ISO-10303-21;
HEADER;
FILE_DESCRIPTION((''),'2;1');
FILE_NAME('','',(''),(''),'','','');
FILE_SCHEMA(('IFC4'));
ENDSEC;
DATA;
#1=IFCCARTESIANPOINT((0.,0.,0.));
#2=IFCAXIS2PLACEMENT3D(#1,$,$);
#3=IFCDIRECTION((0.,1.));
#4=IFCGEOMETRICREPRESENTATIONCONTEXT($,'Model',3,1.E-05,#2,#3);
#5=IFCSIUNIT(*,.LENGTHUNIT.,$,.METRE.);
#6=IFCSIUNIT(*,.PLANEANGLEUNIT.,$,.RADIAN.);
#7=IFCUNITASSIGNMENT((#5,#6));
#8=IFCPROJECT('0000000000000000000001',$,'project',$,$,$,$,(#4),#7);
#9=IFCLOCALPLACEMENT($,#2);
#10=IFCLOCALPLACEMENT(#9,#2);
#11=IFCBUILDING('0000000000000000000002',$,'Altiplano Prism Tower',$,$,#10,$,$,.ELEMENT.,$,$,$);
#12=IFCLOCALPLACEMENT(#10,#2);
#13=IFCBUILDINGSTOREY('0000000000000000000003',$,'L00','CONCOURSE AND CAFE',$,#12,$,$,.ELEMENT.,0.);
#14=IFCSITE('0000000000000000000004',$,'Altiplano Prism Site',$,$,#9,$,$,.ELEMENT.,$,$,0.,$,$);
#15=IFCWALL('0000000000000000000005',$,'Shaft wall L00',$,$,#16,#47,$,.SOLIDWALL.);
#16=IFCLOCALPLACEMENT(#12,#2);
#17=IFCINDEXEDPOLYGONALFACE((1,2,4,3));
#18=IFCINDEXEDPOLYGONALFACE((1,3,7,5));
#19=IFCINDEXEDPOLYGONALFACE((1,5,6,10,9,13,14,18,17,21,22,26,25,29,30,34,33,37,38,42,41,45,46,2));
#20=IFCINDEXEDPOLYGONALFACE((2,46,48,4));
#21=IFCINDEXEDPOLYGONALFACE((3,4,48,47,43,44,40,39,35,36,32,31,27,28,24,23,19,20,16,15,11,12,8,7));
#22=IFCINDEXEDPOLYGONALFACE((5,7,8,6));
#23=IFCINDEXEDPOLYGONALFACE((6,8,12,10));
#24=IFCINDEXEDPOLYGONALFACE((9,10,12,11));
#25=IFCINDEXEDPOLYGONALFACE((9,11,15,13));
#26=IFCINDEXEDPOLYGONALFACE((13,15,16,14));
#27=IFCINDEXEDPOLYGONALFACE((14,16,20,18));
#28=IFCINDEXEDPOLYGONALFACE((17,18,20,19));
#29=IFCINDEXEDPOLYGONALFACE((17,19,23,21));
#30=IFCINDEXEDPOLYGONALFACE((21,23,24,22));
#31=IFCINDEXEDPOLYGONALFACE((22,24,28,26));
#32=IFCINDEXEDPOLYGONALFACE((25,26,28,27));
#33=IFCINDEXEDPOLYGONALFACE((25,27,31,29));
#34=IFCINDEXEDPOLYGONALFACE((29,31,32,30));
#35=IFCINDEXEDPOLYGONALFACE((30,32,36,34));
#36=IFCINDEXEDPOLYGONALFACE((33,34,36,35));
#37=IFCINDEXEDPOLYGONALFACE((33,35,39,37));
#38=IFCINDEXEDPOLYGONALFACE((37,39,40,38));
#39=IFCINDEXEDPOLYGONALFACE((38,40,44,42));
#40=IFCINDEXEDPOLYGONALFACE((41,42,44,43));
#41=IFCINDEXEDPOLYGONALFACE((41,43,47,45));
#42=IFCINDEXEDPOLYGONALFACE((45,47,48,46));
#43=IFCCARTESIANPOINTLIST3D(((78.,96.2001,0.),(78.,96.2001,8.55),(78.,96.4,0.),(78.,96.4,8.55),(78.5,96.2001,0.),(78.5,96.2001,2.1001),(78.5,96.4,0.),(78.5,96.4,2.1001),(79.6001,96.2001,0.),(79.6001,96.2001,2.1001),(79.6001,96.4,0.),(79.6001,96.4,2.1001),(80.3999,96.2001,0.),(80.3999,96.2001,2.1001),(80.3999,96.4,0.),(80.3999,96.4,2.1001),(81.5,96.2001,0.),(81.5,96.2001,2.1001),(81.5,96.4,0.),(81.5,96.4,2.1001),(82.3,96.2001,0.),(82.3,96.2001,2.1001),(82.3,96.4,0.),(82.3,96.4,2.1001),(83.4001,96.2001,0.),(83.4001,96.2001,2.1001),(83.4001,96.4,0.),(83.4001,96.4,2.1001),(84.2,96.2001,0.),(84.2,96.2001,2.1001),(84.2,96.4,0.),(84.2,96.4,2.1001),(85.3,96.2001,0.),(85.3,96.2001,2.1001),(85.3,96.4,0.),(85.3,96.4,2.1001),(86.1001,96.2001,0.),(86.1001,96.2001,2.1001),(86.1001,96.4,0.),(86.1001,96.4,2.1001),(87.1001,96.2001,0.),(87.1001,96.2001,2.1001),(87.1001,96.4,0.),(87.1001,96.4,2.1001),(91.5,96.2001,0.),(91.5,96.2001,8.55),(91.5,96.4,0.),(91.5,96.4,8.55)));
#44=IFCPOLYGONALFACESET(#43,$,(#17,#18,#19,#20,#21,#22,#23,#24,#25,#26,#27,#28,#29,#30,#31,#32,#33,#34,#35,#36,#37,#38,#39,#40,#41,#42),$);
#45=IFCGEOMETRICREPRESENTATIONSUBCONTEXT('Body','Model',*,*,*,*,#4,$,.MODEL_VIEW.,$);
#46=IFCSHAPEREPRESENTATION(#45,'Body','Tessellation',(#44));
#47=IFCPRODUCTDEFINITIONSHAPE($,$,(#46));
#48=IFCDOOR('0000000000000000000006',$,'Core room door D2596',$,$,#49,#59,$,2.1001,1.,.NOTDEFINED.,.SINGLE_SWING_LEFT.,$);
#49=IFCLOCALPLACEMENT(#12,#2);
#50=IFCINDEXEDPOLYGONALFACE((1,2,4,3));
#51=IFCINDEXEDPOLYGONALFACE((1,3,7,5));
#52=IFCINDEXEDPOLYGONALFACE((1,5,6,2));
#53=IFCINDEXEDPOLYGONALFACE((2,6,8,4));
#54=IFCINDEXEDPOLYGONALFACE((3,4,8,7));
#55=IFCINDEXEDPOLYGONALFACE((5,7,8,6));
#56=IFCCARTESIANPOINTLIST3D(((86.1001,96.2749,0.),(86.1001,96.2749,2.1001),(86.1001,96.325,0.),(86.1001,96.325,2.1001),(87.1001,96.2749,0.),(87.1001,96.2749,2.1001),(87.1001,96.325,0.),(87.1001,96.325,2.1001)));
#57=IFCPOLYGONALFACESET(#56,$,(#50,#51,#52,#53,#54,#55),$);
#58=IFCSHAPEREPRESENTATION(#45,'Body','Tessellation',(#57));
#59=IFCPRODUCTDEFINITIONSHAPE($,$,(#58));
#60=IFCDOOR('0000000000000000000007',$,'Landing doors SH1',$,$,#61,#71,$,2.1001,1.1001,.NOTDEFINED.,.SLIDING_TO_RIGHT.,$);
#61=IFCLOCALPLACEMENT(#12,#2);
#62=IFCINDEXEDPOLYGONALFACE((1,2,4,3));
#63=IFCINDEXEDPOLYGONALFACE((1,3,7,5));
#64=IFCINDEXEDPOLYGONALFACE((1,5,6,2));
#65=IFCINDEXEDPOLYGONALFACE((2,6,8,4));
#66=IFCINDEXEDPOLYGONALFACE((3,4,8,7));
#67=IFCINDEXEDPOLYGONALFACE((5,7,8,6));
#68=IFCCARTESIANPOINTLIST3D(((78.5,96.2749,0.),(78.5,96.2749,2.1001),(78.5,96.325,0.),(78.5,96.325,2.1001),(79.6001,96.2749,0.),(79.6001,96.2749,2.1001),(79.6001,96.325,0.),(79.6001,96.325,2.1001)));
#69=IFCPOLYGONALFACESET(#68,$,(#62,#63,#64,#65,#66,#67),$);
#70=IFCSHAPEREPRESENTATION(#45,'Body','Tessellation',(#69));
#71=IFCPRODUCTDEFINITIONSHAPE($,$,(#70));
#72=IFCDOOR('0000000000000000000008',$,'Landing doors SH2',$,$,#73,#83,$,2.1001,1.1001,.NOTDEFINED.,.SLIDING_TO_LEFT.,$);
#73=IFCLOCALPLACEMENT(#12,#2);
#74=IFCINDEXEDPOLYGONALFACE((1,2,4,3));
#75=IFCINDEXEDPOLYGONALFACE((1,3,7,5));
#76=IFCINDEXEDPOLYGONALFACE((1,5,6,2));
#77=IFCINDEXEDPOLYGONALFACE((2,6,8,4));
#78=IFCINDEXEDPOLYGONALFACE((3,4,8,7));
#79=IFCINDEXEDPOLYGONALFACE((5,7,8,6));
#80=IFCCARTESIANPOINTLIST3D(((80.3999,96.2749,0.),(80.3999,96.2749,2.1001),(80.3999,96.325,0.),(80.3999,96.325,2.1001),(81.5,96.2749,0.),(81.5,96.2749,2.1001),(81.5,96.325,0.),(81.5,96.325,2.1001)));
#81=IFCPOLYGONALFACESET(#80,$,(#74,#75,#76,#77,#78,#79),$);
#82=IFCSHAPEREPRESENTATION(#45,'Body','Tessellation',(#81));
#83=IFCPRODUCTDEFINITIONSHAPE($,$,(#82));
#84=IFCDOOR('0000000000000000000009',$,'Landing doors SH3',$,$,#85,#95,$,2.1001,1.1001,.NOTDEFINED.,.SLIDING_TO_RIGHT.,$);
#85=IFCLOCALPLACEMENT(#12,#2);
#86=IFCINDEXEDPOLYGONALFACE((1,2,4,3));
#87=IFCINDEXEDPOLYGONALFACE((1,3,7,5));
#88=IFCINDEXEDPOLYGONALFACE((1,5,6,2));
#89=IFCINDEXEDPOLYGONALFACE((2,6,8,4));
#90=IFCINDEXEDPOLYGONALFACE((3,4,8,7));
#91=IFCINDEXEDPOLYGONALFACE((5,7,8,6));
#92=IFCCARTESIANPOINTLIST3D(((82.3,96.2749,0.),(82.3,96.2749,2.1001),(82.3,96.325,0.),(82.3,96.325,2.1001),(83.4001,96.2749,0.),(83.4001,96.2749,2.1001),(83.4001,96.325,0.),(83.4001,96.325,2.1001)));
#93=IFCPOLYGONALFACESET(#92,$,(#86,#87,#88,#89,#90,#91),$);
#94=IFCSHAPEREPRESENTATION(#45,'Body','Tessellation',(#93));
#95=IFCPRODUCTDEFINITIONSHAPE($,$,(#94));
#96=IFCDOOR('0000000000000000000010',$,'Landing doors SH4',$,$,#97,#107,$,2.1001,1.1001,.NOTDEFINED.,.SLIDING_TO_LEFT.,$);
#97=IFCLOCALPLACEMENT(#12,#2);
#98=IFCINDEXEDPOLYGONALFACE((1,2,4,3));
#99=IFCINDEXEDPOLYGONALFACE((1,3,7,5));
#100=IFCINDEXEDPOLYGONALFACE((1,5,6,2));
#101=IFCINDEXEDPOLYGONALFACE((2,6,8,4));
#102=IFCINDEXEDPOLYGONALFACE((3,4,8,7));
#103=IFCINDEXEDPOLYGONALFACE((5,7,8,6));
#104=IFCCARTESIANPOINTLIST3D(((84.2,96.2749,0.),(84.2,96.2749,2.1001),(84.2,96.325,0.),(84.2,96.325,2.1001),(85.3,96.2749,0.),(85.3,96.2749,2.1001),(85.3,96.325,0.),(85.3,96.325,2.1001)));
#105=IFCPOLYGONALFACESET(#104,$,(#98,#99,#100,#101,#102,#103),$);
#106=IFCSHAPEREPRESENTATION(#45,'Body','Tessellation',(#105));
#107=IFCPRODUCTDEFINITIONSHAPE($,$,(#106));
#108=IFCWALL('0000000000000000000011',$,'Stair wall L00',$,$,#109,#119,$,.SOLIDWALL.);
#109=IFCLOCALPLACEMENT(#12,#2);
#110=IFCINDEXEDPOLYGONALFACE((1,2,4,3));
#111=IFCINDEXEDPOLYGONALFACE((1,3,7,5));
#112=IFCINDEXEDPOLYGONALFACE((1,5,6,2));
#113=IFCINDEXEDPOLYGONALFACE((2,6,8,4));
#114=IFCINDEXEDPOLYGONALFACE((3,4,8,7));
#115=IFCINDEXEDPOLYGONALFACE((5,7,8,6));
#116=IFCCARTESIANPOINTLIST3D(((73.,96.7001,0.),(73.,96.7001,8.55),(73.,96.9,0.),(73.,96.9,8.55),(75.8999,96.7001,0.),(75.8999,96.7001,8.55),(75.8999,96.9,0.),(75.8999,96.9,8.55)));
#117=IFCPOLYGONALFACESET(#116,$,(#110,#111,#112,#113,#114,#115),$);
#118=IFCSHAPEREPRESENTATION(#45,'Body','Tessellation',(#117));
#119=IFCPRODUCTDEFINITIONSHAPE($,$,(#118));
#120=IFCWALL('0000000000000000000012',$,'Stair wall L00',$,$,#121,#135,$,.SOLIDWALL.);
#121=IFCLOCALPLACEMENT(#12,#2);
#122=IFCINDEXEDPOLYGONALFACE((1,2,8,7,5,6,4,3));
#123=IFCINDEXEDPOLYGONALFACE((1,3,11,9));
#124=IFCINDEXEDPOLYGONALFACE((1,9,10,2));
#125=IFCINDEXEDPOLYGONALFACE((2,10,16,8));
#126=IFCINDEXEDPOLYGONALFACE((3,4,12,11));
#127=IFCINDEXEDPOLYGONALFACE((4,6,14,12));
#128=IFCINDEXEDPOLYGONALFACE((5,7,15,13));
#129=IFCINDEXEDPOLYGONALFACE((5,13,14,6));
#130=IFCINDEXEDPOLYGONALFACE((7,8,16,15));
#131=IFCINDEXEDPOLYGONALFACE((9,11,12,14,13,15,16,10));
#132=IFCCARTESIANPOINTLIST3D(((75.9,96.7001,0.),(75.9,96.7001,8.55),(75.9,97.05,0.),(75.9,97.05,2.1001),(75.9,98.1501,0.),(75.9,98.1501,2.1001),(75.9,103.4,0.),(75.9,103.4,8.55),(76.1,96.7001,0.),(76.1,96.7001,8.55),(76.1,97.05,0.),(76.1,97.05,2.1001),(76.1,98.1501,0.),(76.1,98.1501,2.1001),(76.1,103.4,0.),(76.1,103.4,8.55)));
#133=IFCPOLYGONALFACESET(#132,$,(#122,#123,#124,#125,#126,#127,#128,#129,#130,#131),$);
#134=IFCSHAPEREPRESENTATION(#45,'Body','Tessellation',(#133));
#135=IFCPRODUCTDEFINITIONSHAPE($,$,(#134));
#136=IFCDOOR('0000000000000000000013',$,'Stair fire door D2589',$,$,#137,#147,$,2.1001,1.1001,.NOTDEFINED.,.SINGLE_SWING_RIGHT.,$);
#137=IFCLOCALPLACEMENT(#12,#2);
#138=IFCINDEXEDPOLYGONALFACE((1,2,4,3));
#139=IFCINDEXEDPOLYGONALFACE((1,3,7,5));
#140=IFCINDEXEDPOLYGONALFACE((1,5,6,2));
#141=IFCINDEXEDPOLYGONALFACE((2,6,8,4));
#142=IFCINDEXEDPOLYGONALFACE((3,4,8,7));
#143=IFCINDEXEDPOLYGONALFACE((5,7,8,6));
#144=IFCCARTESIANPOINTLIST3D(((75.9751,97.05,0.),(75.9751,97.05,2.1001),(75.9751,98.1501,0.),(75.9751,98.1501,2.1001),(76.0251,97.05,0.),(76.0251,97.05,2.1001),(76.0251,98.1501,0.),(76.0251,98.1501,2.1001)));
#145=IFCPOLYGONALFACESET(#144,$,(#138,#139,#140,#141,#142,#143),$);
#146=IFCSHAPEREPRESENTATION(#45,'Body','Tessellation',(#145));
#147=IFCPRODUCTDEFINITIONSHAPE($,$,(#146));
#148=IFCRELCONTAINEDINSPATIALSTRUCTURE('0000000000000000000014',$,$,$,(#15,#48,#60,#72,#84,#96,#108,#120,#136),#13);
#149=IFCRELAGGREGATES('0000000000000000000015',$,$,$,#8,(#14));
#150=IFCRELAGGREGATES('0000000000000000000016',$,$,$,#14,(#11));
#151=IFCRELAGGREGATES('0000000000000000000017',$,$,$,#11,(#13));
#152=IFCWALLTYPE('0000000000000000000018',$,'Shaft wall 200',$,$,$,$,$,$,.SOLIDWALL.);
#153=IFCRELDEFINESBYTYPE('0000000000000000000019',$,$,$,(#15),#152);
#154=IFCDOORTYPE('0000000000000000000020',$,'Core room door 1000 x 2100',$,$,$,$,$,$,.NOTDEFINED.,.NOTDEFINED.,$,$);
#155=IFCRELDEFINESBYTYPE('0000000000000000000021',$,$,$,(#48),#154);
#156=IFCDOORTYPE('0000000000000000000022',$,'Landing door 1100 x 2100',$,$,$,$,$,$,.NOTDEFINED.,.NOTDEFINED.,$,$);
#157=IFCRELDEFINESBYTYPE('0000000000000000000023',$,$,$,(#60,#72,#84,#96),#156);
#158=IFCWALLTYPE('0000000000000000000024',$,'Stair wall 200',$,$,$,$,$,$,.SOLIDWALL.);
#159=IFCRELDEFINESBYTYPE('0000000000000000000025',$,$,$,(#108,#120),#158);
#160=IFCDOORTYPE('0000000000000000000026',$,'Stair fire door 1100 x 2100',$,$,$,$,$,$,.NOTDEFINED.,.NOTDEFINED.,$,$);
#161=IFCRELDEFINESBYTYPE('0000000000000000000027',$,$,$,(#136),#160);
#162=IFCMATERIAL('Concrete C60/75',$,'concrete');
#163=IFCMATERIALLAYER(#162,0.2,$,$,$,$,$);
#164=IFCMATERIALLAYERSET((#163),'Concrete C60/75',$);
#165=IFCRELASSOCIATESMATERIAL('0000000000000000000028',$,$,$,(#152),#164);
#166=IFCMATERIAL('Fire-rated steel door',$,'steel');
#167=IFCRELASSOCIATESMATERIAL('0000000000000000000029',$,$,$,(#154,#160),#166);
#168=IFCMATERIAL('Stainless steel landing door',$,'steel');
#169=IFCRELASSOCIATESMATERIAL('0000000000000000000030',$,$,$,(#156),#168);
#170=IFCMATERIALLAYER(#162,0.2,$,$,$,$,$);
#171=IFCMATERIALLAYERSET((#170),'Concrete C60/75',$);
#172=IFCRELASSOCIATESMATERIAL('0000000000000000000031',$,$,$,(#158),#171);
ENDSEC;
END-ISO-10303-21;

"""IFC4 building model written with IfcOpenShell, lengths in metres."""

from ifc_helpers import new_model, si_unit, direction, frame, frame_2d, origin, place, context, subcontext, project, spatial, rectangle, extrude, material, layer, layer_set, type_object, element, fill, save


model = new_model("IFC4")

# Units and contexts
model_context = context("Model", 3, precision=1e-05, world=origin(), true_north=direction((0.0, 1.0)))
body_context = subcontext(model_context, "Body", "Model", "MODEL_VIEW")
ifc_project = project(units=[si_unit("LENGTHUNIT", "METRE"), si_unit("PLANEANGLEUNIT", "RADIAN")], contexts=[model_context])

# Site, building, storey
site_placement = place(None, origin())
site = spatial("IfcSite", under=ifc_project, at=site_placement, Name="Altiplano Prism Site", CompositionType="ELEMENT", RefElevation=0.0)
building_placement = place(site_placement, origin())
building = spatial("IfcBuilding", under=site, at=building_placement, Name="Altiplano Prism Tower", CompositionType="ELEMENT")
storey_placement = place(building_placement, origin())
storey = spatial("IfcBuildingStorey", under=building, at=storey_placement, Name="L00", Description="CONCOURSE AND CAFE", CompositionType="ELEMENT", Elevation=0.0)

# Shared definitions
ifc_material_1 = material(Name="Concrete C60/75", Category="concrete")
ifc_layer_1 = layer(ifc_material_1, 0.2)
ifc_layer_set_1 = layer_set([ifc_layer_1], Name="Concrete C60/75")
wall_type_1 = type_object("IfcWallType", Name="Shaft wall 200", PredefinedType="SOLIDWALL", material=ifc_layer_set_1)

# Wall, openings, doors
wall_1_placement = place(storey_placement, frame((78.0, 96.3, 0.0), z_axis=(0.0, 0.0, 1.0), x_axis=(1.0, 0.0, 0.0)))
wall_1 = element("IfcWall", 1, at=wall_1_placement, inside=storey, type_object=wall_type_1, Name="Shaft wall L00", PredefinedType="SOLIDWALL", context=body_context, shape_type="SweptSolid", body=[
    extrude(rectangle(XDim=13.5, YDim=0.2, at=frame_2d((6.75, 0.0))), origin(), (0.0, 0.0, 1.0), 8.55),
])
opening_1_placement = place(wall_1_placement, frame((0.5, 0.0, 0.0)))
opening_1 = element("IfcOpeningElement", 2, at=opening_1_placement, cuts=wall_1, PredefinedType="OPENING", context=body_context, shape_type="SweptSolid", body=[
    extrude(rectangle(XDim=1.1001, YDim=2.1001, at=frame_2d((0.55, 1.05))), frame((0.0, 0.1104, 0.0), z_axis=(0.0, -1.0, 0.0), x_axis=(1.0, 0.0, 0.0)), (0.0, 0.0, 1.0), 0.2209),
])
opening_2_placement = place(wall_1_placement, frame((2.3999, 0.0, 0.0)))
opening_2 = element("IfcOpeningElement", 3, at=opening_2_placement, cuts=wall_1, PredefinedType="OPENING", context=body_context, shape_type="SweptSolid", body=[
    extrude(rectangle(XDim=1.1001, YDim=2.1001, at=frame_2d((0.55, 1.05))), frame((0.0, 0.1104, 0.0), z_axis=(0.0, -1.0, 0.0), x_axis=(1.0, 0.0, 0.0)), (0.0, 0.0, 1.0), 0.2209),
])
opening_3_placement = place(wall_1_placement, frame((4.3, 0.0, 0.0)))
opening_3 = element("IfcOpeningElement", 4, at=opening_3_placement, cuts=wall_1, PredefinedType="OPENING", context=body_context, shape_type="SweptSolid", body=[
    extrude(rectangle(XDim=1.1001, YDim=2.1001, at=frame_2d((0.55, 1.05))), frame((0.0, 0.1104, 0.0), z_axis=(0.0, -1.0, 0.0), x_axis=(1.0, 0.0, 0.0)), (0.0, 0.0, 1.0), 0.2209),
])
opening_4_placement = place(wall_1_placement, frame((6.2, 0.0, 0.0)))
opening_4 = element("IfcOpeningElement", 5, at=opening_4_placement, cuts=wall_1, PredefinedType="OPENING", context=body_context, shape_type="SweptSolid", body=[
    extrude(rectangle(XDim=1.1001, YDim=2.1001, at=frame_2d((0.55, 1.05))), frame((0.0, 0.1104, 0.0), z_axis=(0.0, -1.0, 0.0), x_axis=(1.0, 0.0, 0.0)), (0.0, 0.0, 1.0), 0.2209),
])
opening_5_placement = place(wall_1_placement, frame((8.1001, 0.0, 0.0)))
opening_5 = element("IfcOpeningElement", 6, at=opening_5_placement, cuts=wall_1, PredefinedType="OPENING", context=body_context, shape_type="SweptSolid", body=[
    extrude(rectangle(XDim=1.0, YDim=2.1001, at=frame_2d((0.5, 1.05))), frame((0.0, 0.1104, 0.0), z_axis=(0.0, -1.0, 0.0), x_axis=(1.0, 0.0, 0.0)), (0.0, 0.0, 1.0), 0.2209),
])
ifc_material_2 = material(Name="Fire-rated steel door", Category="steel")
door_type_1 = type_object("IfcDoorType", Name="Core room door 1000 x 2100", OperationType="NOTDEFINED", PredefinedType="NOTDEFINED", material=ifc_material_2)
door_1_placement = place(opening_5_placement, origin())
door_1 = element("IfcDoor", 7, at=door_1_placement, inside=storey, type_object=door_type_1, Name="Core room door D2596", OperationType="SINGLE_SWING_LEFT", OverallHeight=2.1001, OverallWidth=1.0, PredefinedType="NOTDEFINED", context=body_context, shape_type="SweptSolid", body=[
    extrude(rectangle(XDim=1.0, YDim=2.1001, at=frame_2d((0.5, 1.05))), frame((0.0, 0.0249, 0.0), z_axis=(0.0, -1.0, 0.0), x_axis=(1.0, 0.0, 0.0)), (0.0, 0.0, 1.0), 0.05),
])
fill(opening_5, door_1)
ifc_material_3 = material(Name="Stainless steel landing door", Category="steel")
door_type_2 = type_object("IfcDoorType", Name="Landing door 1100 x 2100", OperationType="NOTDEFINED", PredefinedType="NOTDEFINED", material=ifc_material_3)
door_2_placement = place(opening_1_placement, origin())
door_2 = element("IfcDoor", 8, at=door_2_placement, inside=storey, type_object=door_type_2, Name="Landing doors SH1", OperationType="SLIDING_TO_RIGHT", OverallHeight=2.1001, OverallWidth=1.1001, PredefinedType="NOTDEFINED", context=body_context, shape_type="SweptSolid", body=[
    extrude(rectangle(XDim=1.1001, YDim=2.1001, at=frame_2d((0.55, 1.05))), frame((0.0, 0.0249, 0.0), z_axis=(0.0, -1.0, 0.0), x_axis=(1.0, 0.0, 0.0)), (0.0, 0.0, 1.0), 0.05),
])
fill(opening_1, door_2)
door_3_placement = place(opening_2_placement, origin())
door_3 = element("IfcDoor", 9, at=door_3_placement, inside=storey, type_object=door_type_2, Name="Landing doors SH2", OperationType="SLIDING_TO_LEFT", OverallHeight=2.1001, OverallWidth=1.1001, PredefinedType="NOTDEFINED", context=body_context, shape_type="SweptSolid", body=[
    extrude(rectangle(XDim=1.1001, YDim=2.1001, at=frame_2d((0.55, 1.05))), frame((0.0, 0.0249, 0.0), z_axis=(0.0, -1.0, 0.0), x_axis=(1.0, 0.0, 0.0)), (0.0, 0.0, 1.0), 0.05),
])
fill(opening_2, door_3)
door_4_placement = place(opening_3_placement, origin())
door_4 = element("IfcDoor", 10, at=door_4_placement, inside=storey, type_object=door_type_2, Name="Landing doors SH3", OperationType="SLIDING_TO_RIGHT", OverallHeight=2.1001, OverallWidth=1.1001, PredefinedType="NOTDEFINED", context=body_context, shape_type="SweptSolid", body=[
    extrude(rectangle(XDim=1.1001, YDim=2.1001, at=frame_2d((0.55, 1.05))), frame((0.0, 0.0249, 0.0), z_axis=(0.0, -1.0, 0.0), x_axis=(1.0, 0.0, 0.0)), (0.0, 0.0, 1.0), 0.05),
])
fill(opening_3, door_4)
door_5_placement = place(opening_4_placement, origin())
door_5 = element("IfcDoor", 11, at=door_5_placement, inside=storey, type_object=door_type_2, Name="Landing doors SH4", OperationType="SLIDING_TO_LEFT", OverallHeight=2.1001, OverallWidth=1.1001, PredefinedType="NOTDEFINED", context=body_context, shape_type="SweptSolid", body=[
    extrude(rectangle(XDim=1.1001, YDim=2.1001, at=frame_2d((0.55, 1.05))), frame((0.0, 0.0249, 0.0), z_axis=(0.0, -1.0, 0.0), x_axis=(1.0, 0.0, 0.0)), (0.0, 0.0, 1.0), 0.05),
])
fill(opening_4, door_5)

# Wall
ifc_layer_2 = layer(ifc_material_1, 0.2)
ifc_layer_set_2 = layer_set([ifc_layer_2], Name="Concrete C60/75")
wall_type_2 = type_object("IfcWallType", Name="Stair wall 200", PredefinedType="SOLIDWALL", material=ifc_layer_set_2)
wall_2_placement = place(storey_placement, frame((73.0, 96.8, 0.0), z_axis=(0.0, 0.0, 1.0), x_axis=(1.0, 0.0, 0.0)))
element("IfcWall", 12, at=wall_2_placement, inside=storey, type_object=wall_type_2, Name="Stair wall L00", PredefinedType="SOLIDWALL", context=body_context, shape_type="SweptSolid", body=[
    extrude(rectangle(XDim=2.8999, YDim=0.2, at=frame_2d((1.45, 0.0))), origin(), (0.0, 0.0, 1.0), 8.55),
])

# Wall, opening, door
wall_3_placement = place(storey_placement, frame((76.0, 96.7, 0.0), z_axis=(0.0, 0.0, 1.0), x_axis=(0.0, 1.0, 0.0)))
wall_3 = element("IfcWall", 13, at=wall_3_placement, inside=storey, type_object=wall_type_2, Name="Stair wall L00", PredefinedType="SOLIDWALL", context=body_context, shape_type="SweptSolid", body=[
    extrude(rectangle(XDim=6.7, YDim=0.2, at=frame_2d((3.3501, 0.0))), origin(), (0.0, 0.0, 1.0), 8.55),
])
opening_6_placement = place(wall_3_placement, frame((0.3501, 0.0, 0.0)))
opening_6 = element("IfcOpeningElement", 14, at=opening_6_placement, cuts=wall_3, PredefinedType="OPENING", context=body_context, shape_type="SweptSolid", body=[
    extrude(rectangle(XDim=1.1001, YDim=2.1001, at=frame_2d((0.55, 1.05))), frame((0.0, 0.1104, 0.0), z_axis=(0.0, -1.0, 0.0), x_axis=(1.0, 0.0, 0.0)), (0.0, 0.0, 1.0), 0.2209),
])
door_type_3 = type_object("IfcDoorType", Name="Stair fire door 1100 x 2100", OperationType="NOTDEFINED", PredefinedType="NOTDEFINED", material=ifc_material_2)
door_6_placement = place(opening_6_placement, origin())
door_6 = element("IfcDoor", 15, at=door_6_placement, inside=storey, type_object=door_type_3, Name="Stair fire door D2589", OperationType="SINGLE_SWING_RIGHT", OverallHeight=2.1001, OverallWidth=1.1001, PredefinedType="NOTDEFINED", context=body_context, shape_type="SweptSolid", body=[
    extrude(rectangle(XDim=1.1001, YDim=2.1001, at=frame_2d((0.55, 1.05))), frame((0.0, 0.0249, 0.0), z_axis=(0.0, -1.0, 0.0), x_axis=(1.0, 0.0, 0.0)), (0.0, 0.0, 1.0), 0.05),
])
fill(opening_6, door_6)

save(model, "model.ifc")
